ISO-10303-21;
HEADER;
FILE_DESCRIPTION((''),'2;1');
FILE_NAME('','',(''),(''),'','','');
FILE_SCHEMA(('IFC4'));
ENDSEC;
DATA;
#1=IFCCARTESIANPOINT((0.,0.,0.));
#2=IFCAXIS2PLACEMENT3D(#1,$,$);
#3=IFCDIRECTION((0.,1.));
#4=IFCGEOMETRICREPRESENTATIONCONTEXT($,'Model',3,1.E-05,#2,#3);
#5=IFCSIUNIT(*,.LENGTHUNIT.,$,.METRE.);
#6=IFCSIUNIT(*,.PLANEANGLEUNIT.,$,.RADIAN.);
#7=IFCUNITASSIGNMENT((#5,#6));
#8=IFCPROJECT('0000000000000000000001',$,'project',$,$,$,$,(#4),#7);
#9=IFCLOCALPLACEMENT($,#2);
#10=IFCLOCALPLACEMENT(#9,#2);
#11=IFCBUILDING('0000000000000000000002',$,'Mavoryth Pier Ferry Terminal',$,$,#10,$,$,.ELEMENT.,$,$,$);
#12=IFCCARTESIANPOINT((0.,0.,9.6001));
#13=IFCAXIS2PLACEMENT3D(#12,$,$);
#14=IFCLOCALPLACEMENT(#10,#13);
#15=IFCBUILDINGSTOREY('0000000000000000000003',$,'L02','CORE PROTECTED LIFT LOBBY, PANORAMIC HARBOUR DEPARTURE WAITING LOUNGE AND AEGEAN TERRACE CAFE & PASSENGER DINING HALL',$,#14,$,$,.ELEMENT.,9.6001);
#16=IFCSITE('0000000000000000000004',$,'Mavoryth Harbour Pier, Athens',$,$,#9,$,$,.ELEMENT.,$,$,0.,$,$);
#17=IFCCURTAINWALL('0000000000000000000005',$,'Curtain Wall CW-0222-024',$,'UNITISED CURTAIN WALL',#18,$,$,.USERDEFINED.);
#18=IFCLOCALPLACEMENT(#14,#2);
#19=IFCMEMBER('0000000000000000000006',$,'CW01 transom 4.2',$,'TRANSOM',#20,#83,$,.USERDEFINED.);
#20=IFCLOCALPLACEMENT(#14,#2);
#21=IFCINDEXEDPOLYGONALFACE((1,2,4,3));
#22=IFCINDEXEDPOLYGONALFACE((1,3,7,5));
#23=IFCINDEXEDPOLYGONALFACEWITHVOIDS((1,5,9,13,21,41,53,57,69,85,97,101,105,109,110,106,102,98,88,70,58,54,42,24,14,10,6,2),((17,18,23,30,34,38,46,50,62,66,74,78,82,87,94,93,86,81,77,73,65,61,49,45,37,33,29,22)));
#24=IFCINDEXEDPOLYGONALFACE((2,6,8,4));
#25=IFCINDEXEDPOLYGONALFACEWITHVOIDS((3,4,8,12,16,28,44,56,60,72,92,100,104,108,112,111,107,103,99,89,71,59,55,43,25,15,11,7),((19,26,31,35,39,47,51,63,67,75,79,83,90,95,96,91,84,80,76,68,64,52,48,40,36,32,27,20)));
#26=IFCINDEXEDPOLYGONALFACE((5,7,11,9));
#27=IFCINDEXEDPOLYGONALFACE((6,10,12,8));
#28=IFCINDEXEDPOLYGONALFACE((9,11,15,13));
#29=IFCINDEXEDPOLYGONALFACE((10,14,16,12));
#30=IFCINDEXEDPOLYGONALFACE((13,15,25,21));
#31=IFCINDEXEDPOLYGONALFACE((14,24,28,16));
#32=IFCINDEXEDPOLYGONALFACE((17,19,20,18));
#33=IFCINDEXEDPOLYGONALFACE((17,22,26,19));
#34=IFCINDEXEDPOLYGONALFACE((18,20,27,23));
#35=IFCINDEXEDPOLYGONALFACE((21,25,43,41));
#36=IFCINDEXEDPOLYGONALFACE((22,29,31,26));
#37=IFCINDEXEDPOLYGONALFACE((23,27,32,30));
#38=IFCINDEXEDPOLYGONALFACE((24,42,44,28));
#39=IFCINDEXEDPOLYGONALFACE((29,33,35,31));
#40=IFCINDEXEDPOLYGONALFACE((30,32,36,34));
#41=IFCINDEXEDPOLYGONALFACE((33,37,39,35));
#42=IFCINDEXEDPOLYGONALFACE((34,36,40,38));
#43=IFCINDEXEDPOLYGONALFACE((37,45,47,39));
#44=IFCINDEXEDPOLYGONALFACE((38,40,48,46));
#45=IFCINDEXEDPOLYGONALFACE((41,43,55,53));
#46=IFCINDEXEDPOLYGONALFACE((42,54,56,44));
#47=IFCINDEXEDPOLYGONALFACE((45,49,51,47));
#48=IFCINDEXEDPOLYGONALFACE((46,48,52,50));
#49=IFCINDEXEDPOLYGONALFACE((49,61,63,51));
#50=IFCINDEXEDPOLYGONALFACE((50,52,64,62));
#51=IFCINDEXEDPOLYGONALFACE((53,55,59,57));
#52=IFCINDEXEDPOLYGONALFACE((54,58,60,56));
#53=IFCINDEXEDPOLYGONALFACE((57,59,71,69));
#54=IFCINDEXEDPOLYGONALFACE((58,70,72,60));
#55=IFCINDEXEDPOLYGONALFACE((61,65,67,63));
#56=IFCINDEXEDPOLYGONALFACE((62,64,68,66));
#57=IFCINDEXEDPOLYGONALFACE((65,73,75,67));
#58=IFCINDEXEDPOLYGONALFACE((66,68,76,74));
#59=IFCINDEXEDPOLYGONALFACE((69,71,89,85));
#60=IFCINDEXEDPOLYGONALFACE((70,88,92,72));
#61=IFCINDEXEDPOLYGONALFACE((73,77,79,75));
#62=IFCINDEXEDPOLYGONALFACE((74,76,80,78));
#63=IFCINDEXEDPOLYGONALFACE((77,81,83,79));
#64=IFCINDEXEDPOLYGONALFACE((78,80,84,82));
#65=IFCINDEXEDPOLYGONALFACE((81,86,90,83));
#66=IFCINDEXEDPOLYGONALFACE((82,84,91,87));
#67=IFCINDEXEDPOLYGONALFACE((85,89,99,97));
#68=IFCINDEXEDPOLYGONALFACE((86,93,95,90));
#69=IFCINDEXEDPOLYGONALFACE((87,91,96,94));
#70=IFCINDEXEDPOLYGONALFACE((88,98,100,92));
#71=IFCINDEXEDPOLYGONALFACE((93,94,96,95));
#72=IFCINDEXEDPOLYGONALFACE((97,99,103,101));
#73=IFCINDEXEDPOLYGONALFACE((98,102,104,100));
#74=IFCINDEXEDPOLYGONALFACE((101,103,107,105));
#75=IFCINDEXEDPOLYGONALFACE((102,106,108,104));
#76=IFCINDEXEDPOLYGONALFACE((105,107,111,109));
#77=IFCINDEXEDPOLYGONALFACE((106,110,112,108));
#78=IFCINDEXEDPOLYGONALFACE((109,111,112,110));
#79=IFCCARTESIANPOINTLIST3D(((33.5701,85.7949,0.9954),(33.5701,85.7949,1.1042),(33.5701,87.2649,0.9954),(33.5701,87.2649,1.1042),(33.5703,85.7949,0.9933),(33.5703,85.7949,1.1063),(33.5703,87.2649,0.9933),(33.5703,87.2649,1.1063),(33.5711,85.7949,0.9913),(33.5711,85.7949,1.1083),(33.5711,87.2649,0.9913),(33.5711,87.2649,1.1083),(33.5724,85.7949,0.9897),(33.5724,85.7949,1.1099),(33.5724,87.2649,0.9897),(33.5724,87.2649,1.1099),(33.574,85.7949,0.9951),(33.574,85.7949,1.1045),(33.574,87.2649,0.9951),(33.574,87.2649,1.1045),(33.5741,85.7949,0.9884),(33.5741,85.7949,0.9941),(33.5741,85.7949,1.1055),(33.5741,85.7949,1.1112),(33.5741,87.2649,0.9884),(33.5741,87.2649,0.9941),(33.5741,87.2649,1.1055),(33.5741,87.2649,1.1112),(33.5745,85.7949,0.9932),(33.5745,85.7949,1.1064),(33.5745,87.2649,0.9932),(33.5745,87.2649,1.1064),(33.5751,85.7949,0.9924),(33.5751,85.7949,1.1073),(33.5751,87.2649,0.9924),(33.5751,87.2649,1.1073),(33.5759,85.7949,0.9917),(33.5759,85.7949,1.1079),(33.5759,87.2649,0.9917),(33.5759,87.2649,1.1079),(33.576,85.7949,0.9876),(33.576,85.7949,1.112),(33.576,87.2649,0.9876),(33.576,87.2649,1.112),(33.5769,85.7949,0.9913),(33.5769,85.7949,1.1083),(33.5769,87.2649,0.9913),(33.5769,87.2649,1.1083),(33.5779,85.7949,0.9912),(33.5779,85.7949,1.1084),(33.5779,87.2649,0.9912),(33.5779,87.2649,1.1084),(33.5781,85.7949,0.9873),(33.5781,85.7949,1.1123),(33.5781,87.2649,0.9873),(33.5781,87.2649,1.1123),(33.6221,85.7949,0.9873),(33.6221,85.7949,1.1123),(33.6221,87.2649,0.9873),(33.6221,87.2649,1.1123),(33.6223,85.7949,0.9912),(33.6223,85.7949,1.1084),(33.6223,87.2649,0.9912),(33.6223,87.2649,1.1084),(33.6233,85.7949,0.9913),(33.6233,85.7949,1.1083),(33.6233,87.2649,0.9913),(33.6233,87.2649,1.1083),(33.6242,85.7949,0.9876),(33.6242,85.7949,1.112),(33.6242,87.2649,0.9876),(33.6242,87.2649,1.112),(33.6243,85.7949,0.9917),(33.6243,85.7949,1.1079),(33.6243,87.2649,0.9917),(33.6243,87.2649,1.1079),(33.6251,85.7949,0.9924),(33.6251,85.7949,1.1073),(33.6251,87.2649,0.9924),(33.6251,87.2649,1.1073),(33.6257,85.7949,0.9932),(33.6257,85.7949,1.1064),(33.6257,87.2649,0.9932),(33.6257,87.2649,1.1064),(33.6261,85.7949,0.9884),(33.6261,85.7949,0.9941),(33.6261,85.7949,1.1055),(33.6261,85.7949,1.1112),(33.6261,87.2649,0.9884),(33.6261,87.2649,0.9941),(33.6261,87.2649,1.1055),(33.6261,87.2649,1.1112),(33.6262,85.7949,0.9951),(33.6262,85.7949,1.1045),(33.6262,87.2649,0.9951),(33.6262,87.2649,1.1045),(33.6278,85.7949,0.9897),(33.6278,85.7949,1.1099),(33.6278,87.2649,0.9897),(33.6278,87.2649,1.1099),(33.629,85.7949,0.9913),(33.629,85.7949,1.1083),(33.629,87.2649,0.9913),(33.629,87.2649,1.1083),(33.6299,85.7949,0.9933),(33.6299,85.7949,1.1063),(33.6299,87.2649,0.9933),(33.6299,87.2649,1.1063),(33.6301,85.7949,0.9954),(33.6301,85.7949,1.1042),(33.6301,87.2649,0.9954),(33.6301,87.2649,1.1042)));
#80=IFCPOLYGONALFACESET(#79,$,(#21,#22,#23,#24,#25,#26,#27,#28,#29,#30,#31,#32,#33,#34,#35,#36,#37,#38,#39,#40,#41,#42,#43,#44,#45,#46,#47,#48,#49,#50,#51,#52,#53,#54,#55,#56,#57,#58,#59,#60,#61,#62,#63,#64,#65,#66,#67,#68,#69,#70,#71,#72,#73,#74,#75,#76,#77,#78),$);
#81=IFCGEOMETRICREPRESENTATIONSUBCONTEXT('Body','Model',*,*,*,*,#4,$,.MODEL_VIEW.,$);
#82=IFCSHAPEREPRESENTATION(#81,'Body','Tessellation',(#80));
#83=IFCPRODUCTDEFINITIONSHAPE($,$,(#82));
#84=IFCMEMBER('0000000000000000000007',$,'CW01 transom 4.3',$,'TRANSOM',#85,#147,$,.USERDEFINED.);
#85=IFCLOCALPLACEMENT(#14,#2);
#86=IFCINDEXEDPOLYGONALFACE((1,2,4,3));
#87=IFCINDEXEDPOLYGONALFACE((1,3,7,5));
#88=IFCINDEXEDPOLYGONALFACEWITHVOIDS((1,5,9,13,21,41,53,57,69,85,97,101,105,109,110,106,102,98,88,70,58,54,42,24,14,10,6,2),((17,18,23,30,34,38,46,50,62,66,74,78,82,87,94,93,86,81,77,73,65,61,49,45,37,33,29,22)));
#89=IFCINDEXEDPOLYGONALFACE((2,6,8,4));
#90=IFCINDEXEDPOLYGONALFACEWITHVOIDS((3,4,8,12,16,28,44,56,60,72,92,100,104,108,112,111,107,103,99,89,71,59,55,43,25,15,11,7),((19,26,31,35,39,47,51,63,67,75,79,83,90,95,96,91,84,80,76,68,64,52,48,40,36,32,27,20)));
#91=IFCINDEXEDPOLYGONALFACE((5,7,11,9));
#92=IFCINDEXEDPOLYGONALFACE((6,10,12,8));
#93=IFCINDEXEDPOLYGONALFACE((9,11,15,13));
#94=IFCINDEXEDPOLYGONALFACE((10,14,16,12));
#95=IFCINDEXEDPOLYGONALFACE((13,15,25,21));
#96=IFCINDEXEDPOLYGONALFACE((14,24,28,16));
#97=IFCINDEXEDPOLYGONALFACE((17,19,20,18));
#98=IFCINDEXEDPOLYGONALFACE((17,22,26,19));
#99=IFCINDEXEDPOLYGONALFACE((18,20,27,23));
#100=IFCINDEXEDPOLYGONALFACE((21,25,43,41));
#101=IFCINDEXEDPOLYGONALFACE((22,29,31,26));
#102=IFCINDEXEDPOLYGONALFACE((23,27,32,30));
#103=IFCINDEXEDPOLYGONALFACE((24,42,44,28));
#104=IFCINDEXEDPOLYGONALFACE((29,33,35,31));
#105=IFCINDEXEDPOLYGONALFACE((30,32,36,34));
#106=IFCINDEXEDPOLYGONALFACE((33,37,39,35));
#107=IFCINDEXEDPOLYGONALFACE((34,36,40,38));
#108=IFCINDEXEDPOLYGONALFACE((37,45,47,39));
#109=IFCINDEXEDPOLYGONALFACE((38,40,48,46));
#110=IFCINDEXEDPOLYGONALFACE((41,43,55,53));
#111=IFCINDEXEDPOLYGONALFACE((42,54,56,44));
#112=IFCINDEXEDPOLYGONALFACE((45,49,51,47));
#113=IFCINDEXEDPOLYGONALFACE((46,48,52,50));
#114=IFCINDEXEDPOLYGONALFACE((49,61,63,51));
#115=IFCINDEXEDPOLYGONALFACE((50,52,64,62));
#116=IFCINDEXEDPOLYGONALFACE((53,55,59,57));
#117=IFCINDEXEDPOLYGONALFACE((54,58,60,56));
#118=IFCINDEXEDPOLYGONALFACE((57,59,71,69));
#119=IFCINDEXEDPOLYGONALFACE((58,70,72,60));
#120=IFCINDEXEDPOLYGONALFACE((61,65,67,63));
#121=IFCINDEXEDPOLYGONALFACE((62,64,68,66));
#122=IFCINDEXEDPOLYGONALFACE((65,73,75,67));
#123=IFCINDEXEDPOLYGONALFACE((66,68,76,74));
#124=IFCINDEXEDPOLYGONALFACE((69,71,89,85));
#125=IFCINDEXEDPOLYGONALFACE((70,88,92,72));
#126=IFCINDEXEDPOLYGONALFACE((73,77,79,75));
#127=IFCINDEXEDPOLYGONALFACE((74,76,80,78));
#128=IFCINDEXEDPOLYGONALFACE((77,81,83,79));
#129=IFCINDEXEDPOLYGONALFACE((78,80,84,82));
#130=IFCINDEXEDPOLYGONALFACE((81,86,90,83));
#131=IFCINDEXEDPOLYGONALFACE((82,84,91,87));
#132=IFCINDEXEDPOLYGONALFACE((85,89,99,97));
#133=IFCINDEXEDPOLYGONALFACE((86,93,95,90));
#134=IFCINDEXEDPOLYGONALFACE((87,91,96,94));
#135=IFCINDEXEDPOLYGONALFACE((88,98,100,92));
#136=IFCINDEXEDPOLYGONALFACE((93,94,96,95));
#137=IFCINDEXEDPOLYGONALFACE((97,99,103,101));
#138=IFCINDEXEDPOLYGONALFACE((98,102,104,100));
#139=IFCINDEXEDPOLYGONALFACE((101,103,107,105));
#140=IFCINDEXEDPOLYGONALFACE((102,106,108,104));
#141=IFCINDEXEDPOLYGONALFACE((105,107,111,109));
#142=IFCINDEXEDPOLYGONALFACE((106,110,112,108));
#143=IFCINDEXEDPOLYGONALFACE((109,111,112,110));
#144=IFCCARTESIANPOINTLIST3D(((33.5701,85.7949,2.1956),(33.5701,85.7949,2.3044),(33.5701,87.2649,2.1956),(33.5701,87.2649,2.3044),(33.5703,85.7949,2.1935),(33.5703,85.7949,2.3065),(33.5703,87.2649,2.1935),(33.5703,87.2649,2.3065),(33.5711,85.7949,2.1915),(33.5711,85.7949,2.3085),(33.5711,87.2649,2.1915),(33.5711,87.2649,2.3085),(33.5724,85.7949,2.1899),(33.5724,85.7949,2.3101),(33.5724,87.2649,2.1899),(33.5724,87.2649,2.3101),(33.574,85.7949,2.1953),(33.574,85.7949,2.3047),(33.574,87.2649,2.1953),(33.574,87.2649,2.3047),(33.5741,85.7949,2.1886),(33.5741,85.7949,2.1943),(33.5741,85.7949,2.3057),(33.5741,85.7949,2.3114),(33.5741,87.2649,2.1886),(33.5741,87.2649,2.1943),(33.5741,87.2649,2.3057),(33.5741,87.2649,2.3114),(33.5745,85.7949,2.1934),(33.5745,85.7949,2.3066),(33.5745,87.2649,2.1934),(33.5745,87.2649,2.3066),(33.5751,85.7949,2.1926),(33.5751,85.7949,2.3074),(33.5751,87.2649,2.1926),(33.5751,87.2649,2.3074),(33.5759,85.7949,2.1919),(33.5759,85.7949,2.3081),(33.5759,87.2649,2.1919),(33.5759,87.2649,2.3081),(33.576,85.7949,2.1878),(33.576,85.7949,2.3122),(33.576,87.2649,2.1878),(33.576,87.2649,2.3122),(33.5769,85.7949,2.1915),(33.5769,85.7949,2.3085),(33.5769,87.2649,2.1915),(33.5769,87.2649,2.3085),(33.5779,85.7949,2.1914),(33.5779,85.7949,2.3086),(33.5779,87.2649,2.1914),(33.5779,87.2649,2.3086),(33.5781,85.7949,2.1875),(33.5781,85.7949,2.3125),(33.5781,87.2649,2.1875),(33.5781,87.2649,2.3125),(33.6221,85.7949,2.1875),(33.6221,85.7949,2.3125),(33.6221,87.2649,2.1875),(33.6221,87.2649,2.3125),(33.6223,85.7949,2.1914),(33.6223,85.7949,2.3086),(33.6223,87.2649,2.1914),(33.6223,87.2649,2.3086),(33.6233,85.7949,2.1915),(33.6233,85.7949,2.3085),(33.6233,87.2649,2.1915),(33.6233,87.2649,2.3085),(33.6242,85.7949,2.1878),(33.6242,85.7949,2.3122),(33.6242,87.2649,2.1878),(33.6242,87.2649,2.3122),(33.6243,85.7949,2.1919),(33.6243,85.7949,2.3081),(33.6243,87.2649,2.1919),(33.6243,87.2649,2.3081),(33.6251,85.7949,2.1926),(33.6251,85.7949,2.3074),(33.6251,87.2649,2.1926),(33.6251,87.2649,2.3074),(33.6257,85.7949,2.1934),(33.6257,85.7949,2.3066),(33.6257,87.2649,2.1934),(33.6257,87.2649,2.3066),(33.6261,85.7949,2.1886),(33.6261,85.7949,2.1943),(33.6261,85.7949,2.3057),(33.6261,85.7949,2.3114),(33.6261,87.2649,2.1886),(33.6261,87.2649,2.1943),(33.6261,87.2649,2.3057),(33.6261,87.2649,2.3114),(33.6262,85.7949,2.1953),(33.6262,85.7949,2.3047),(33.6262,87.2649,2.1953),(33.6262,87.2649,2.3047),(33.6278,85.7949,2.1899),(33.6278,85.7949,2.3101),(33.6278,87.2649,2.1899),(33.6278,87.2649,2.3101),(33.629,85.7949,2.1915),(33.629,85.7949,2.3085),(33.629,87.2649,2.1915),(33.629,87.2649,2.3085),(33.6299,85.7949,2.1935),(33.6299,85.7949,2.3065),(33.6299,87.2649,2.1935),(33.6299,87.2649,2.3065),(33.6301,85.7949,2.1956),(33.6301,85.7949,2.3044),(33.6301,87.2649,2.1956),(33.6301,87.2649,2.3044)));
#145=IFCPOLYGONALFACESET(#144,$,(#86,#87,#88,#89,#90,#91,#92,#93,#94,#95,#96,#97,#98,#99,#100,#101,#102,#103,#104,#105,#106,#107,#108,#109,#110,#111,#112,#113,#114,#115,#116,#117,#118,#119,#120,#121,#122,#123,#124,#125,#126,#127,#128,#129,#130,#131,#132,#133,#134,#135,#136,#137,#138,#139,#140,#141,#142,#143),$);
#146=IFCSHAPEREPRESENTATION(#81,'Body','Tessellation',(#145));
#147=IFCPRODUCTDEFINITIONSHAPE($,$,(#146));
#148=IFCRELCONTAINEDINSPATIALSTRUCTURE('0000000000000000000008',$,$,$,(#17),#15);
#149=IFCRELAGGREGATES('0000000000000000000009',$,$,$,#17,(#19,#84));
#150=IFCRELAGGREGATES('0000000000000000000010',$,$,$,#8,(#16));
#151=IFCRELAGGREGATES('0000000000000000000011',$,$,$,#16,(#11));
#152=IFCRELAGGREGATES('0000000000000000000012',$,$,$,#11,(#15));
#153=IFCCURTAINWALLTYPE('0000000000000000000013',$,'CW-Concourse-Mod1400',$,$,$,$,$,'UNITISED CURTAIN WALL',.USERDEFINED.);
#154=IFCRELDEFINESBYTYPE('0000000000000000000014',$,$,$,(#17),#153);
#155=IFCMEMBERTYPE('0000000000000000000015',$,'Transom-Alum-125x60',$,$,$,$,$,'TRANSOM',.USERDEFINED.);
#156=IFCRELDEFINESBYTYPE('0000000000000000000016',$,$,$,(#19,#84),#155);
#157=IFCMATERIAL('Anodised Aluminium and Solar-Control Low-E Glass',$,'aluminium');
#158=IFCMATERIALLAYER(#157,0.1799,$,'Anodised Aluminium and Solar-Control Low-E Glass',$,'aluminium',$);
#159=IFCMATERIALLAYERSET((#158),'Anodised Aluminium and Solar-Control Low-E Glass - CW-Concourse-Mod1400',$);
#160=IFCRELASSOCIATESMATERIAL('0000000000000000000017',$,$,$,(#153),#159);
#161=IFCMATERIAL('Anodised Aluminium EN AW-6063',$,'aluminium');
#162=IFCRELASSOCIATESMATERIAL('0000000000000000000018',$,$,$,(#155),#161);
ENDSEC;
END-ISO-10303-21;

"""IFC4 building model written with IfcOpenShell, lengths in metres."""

from ifc_helpers import new_model, si_unit, direction, frame, origin, origin_2d, place, context, subcontext, project, spatial, hollow_rectangle, extrude, material, layer, layer_set, material_profile, profile_set, type_object, element, aggregate, save


model = new_model("IFC4")

# Units and contexts
model_context = context("Model", 3, precision=1e-05, world=origin(), true_north=direction((0.0, 1.0)))
body_context = subcontext(model_context, "Body", "Model", "MODEL_VIEW")
ifc_project = project(units=[si_unit("LENGTHUNIT", "METRE"), si_unit("PLANEANGLEUNIT", "RADIAN")], contexts=[model_context])

# Site, building, storey
site_placement = place(None, origin())
site = spatial("IfcSite", under=ifc_project, at=site_placement, Name="Mavoryth Harbour Pier, Athens", CompositionType="ELEMENT", RefElevation=0.0)
building_placement = place(site_placement, origin())
building = spatial("IfcBuilding", under=site, at=building_placement, Name="Mavoryth Pier Ferry Terminal", CompositionType="ELEMENT")
storey_placement = place(building_placement, frame((0.0, 0.0, 9.6001)))
storey = spatial("IfcBuildingStorey", under=building, at=storey_placement, Name="L02", Description="CORE PROTECTED LIFT LOBBY, PANORAMIC HARBOUR DEPARTURE WAITING LOUNGE AND AEGEAN TERRACE CAFE & PASSENGER DINING HALL", CompositionType="ELEMENT", Elevation=9.6001)

# Curtain wall
ifc_material_1 = material(Name="Anodised Aluminium and Solar-Control Low-E Glass", Category="aluminium")
ifc_layer_1 = layer(ifc_material_1, 0.1799, Name="Anodised Aluminium and Solar-Control Low-E Glass", Category="aluminium")
ifc_layer_set_1 = layer_set([ifc_layer_1], Name="Anodised Aluminium and Solar-Control Low-E Glass - CW-Concourse-Mod1400")
curtain_wall_type = type_object("IfcCurtainWallType", Name="CW-Concourse-Mod1400", ElementType="UNITISED CURTAIN WALL", PredefinedType="USERDEFINED", material=ifc_layer_set_1)
curtain_wall_1_placement = place(storey_placement, origin())
curtain_wall_1 = element("IfcCurtainWall", 1, at=curtain_wall_1_placement, inside=storey, type_object=curtain_wall_type, Name="Curtain Wall CW-0222-024", ObjectType="UNITISED CURTAIN WALL", PredefinedType="USERDEFINED")
ifc_material_2 = material(Name="Anodised Aluminium EN AW-6063", Category="aluminium")

# Members
ifc_material_profile_1 = material_profile(ifc_material_2, hollow_rectangle(XDim=0.0601, YDim=0.125, WallThickness=0.0039, InnerFilletRadius=0.0039, OuterFilletRadius=0.0081, at=origin_2d()), Name="AL-TRAN 125x60x4", Category="aluminium")
ifc_profile_set_1 = profile_set([ifc_material_profile_1], Name="Anodised Aluminium EN AW-6063 - AL-TRAN 125x60x4")
member_type_1 = type_object("IfcMemberType", Name="Transom-Alum-125x60", ElementType="TRANSOM", PredefinedType="USERDEFINED", material=ifc_profile_set_1)
member_1_placement = place(storey_placement, frame((33.6001, 85.7949, 1.0498), z_axis=(0.0, 1.0, 0.0), x_axis=(-1.0, 0.0, 0.0)))
member_1 = element("IfcMember", 2, at=member_1_placement, type_object=member_type_1, Name="CW01 transom 4.2", ObjectType="TRANSOM", PredefinedType="USERDEFINED", context=body_context, shape_type="SweptSolid", body=[
    extrude(hollow_rectangle(XDim=0.0601, YDim=0.125, WallThickness=0.0039, InnerFilletRadius=0.0039, OuterFilletRadius=0.0081, at=origin_2d()), origin(), (0.0, 0.0, 1.0), 1.47),
])
member_2_placement = place(storey_placement, frame((33.6001, 85.7949, 2.25), z_axis=(0.0, 1.0, 0.0), x_axis=(-1.0, 0.0, 0.0)))
member_2 = element("IfcMember", 3, at=member_2_placement, type_object=member_type_1, Name="CW01 transom 4.3", ObjectType="TRANSOM", PredefinedType="USERDEFINED", context=body_context, shape_type="SweptSolid", body=[
    extrude(hollow_rectangle(XDim=0.0601, YDim=0.125, WallThickness=0.0039, InnerFilletRadius=0.0039, OuterFilletRadius=0.0081, at=origin_2d()), origin(), (0.0, 0.0, 1.0), 1.47),
])

aggregate(curtain_wall_1, [member_1, member_2])

save(model, "model.ifc")
